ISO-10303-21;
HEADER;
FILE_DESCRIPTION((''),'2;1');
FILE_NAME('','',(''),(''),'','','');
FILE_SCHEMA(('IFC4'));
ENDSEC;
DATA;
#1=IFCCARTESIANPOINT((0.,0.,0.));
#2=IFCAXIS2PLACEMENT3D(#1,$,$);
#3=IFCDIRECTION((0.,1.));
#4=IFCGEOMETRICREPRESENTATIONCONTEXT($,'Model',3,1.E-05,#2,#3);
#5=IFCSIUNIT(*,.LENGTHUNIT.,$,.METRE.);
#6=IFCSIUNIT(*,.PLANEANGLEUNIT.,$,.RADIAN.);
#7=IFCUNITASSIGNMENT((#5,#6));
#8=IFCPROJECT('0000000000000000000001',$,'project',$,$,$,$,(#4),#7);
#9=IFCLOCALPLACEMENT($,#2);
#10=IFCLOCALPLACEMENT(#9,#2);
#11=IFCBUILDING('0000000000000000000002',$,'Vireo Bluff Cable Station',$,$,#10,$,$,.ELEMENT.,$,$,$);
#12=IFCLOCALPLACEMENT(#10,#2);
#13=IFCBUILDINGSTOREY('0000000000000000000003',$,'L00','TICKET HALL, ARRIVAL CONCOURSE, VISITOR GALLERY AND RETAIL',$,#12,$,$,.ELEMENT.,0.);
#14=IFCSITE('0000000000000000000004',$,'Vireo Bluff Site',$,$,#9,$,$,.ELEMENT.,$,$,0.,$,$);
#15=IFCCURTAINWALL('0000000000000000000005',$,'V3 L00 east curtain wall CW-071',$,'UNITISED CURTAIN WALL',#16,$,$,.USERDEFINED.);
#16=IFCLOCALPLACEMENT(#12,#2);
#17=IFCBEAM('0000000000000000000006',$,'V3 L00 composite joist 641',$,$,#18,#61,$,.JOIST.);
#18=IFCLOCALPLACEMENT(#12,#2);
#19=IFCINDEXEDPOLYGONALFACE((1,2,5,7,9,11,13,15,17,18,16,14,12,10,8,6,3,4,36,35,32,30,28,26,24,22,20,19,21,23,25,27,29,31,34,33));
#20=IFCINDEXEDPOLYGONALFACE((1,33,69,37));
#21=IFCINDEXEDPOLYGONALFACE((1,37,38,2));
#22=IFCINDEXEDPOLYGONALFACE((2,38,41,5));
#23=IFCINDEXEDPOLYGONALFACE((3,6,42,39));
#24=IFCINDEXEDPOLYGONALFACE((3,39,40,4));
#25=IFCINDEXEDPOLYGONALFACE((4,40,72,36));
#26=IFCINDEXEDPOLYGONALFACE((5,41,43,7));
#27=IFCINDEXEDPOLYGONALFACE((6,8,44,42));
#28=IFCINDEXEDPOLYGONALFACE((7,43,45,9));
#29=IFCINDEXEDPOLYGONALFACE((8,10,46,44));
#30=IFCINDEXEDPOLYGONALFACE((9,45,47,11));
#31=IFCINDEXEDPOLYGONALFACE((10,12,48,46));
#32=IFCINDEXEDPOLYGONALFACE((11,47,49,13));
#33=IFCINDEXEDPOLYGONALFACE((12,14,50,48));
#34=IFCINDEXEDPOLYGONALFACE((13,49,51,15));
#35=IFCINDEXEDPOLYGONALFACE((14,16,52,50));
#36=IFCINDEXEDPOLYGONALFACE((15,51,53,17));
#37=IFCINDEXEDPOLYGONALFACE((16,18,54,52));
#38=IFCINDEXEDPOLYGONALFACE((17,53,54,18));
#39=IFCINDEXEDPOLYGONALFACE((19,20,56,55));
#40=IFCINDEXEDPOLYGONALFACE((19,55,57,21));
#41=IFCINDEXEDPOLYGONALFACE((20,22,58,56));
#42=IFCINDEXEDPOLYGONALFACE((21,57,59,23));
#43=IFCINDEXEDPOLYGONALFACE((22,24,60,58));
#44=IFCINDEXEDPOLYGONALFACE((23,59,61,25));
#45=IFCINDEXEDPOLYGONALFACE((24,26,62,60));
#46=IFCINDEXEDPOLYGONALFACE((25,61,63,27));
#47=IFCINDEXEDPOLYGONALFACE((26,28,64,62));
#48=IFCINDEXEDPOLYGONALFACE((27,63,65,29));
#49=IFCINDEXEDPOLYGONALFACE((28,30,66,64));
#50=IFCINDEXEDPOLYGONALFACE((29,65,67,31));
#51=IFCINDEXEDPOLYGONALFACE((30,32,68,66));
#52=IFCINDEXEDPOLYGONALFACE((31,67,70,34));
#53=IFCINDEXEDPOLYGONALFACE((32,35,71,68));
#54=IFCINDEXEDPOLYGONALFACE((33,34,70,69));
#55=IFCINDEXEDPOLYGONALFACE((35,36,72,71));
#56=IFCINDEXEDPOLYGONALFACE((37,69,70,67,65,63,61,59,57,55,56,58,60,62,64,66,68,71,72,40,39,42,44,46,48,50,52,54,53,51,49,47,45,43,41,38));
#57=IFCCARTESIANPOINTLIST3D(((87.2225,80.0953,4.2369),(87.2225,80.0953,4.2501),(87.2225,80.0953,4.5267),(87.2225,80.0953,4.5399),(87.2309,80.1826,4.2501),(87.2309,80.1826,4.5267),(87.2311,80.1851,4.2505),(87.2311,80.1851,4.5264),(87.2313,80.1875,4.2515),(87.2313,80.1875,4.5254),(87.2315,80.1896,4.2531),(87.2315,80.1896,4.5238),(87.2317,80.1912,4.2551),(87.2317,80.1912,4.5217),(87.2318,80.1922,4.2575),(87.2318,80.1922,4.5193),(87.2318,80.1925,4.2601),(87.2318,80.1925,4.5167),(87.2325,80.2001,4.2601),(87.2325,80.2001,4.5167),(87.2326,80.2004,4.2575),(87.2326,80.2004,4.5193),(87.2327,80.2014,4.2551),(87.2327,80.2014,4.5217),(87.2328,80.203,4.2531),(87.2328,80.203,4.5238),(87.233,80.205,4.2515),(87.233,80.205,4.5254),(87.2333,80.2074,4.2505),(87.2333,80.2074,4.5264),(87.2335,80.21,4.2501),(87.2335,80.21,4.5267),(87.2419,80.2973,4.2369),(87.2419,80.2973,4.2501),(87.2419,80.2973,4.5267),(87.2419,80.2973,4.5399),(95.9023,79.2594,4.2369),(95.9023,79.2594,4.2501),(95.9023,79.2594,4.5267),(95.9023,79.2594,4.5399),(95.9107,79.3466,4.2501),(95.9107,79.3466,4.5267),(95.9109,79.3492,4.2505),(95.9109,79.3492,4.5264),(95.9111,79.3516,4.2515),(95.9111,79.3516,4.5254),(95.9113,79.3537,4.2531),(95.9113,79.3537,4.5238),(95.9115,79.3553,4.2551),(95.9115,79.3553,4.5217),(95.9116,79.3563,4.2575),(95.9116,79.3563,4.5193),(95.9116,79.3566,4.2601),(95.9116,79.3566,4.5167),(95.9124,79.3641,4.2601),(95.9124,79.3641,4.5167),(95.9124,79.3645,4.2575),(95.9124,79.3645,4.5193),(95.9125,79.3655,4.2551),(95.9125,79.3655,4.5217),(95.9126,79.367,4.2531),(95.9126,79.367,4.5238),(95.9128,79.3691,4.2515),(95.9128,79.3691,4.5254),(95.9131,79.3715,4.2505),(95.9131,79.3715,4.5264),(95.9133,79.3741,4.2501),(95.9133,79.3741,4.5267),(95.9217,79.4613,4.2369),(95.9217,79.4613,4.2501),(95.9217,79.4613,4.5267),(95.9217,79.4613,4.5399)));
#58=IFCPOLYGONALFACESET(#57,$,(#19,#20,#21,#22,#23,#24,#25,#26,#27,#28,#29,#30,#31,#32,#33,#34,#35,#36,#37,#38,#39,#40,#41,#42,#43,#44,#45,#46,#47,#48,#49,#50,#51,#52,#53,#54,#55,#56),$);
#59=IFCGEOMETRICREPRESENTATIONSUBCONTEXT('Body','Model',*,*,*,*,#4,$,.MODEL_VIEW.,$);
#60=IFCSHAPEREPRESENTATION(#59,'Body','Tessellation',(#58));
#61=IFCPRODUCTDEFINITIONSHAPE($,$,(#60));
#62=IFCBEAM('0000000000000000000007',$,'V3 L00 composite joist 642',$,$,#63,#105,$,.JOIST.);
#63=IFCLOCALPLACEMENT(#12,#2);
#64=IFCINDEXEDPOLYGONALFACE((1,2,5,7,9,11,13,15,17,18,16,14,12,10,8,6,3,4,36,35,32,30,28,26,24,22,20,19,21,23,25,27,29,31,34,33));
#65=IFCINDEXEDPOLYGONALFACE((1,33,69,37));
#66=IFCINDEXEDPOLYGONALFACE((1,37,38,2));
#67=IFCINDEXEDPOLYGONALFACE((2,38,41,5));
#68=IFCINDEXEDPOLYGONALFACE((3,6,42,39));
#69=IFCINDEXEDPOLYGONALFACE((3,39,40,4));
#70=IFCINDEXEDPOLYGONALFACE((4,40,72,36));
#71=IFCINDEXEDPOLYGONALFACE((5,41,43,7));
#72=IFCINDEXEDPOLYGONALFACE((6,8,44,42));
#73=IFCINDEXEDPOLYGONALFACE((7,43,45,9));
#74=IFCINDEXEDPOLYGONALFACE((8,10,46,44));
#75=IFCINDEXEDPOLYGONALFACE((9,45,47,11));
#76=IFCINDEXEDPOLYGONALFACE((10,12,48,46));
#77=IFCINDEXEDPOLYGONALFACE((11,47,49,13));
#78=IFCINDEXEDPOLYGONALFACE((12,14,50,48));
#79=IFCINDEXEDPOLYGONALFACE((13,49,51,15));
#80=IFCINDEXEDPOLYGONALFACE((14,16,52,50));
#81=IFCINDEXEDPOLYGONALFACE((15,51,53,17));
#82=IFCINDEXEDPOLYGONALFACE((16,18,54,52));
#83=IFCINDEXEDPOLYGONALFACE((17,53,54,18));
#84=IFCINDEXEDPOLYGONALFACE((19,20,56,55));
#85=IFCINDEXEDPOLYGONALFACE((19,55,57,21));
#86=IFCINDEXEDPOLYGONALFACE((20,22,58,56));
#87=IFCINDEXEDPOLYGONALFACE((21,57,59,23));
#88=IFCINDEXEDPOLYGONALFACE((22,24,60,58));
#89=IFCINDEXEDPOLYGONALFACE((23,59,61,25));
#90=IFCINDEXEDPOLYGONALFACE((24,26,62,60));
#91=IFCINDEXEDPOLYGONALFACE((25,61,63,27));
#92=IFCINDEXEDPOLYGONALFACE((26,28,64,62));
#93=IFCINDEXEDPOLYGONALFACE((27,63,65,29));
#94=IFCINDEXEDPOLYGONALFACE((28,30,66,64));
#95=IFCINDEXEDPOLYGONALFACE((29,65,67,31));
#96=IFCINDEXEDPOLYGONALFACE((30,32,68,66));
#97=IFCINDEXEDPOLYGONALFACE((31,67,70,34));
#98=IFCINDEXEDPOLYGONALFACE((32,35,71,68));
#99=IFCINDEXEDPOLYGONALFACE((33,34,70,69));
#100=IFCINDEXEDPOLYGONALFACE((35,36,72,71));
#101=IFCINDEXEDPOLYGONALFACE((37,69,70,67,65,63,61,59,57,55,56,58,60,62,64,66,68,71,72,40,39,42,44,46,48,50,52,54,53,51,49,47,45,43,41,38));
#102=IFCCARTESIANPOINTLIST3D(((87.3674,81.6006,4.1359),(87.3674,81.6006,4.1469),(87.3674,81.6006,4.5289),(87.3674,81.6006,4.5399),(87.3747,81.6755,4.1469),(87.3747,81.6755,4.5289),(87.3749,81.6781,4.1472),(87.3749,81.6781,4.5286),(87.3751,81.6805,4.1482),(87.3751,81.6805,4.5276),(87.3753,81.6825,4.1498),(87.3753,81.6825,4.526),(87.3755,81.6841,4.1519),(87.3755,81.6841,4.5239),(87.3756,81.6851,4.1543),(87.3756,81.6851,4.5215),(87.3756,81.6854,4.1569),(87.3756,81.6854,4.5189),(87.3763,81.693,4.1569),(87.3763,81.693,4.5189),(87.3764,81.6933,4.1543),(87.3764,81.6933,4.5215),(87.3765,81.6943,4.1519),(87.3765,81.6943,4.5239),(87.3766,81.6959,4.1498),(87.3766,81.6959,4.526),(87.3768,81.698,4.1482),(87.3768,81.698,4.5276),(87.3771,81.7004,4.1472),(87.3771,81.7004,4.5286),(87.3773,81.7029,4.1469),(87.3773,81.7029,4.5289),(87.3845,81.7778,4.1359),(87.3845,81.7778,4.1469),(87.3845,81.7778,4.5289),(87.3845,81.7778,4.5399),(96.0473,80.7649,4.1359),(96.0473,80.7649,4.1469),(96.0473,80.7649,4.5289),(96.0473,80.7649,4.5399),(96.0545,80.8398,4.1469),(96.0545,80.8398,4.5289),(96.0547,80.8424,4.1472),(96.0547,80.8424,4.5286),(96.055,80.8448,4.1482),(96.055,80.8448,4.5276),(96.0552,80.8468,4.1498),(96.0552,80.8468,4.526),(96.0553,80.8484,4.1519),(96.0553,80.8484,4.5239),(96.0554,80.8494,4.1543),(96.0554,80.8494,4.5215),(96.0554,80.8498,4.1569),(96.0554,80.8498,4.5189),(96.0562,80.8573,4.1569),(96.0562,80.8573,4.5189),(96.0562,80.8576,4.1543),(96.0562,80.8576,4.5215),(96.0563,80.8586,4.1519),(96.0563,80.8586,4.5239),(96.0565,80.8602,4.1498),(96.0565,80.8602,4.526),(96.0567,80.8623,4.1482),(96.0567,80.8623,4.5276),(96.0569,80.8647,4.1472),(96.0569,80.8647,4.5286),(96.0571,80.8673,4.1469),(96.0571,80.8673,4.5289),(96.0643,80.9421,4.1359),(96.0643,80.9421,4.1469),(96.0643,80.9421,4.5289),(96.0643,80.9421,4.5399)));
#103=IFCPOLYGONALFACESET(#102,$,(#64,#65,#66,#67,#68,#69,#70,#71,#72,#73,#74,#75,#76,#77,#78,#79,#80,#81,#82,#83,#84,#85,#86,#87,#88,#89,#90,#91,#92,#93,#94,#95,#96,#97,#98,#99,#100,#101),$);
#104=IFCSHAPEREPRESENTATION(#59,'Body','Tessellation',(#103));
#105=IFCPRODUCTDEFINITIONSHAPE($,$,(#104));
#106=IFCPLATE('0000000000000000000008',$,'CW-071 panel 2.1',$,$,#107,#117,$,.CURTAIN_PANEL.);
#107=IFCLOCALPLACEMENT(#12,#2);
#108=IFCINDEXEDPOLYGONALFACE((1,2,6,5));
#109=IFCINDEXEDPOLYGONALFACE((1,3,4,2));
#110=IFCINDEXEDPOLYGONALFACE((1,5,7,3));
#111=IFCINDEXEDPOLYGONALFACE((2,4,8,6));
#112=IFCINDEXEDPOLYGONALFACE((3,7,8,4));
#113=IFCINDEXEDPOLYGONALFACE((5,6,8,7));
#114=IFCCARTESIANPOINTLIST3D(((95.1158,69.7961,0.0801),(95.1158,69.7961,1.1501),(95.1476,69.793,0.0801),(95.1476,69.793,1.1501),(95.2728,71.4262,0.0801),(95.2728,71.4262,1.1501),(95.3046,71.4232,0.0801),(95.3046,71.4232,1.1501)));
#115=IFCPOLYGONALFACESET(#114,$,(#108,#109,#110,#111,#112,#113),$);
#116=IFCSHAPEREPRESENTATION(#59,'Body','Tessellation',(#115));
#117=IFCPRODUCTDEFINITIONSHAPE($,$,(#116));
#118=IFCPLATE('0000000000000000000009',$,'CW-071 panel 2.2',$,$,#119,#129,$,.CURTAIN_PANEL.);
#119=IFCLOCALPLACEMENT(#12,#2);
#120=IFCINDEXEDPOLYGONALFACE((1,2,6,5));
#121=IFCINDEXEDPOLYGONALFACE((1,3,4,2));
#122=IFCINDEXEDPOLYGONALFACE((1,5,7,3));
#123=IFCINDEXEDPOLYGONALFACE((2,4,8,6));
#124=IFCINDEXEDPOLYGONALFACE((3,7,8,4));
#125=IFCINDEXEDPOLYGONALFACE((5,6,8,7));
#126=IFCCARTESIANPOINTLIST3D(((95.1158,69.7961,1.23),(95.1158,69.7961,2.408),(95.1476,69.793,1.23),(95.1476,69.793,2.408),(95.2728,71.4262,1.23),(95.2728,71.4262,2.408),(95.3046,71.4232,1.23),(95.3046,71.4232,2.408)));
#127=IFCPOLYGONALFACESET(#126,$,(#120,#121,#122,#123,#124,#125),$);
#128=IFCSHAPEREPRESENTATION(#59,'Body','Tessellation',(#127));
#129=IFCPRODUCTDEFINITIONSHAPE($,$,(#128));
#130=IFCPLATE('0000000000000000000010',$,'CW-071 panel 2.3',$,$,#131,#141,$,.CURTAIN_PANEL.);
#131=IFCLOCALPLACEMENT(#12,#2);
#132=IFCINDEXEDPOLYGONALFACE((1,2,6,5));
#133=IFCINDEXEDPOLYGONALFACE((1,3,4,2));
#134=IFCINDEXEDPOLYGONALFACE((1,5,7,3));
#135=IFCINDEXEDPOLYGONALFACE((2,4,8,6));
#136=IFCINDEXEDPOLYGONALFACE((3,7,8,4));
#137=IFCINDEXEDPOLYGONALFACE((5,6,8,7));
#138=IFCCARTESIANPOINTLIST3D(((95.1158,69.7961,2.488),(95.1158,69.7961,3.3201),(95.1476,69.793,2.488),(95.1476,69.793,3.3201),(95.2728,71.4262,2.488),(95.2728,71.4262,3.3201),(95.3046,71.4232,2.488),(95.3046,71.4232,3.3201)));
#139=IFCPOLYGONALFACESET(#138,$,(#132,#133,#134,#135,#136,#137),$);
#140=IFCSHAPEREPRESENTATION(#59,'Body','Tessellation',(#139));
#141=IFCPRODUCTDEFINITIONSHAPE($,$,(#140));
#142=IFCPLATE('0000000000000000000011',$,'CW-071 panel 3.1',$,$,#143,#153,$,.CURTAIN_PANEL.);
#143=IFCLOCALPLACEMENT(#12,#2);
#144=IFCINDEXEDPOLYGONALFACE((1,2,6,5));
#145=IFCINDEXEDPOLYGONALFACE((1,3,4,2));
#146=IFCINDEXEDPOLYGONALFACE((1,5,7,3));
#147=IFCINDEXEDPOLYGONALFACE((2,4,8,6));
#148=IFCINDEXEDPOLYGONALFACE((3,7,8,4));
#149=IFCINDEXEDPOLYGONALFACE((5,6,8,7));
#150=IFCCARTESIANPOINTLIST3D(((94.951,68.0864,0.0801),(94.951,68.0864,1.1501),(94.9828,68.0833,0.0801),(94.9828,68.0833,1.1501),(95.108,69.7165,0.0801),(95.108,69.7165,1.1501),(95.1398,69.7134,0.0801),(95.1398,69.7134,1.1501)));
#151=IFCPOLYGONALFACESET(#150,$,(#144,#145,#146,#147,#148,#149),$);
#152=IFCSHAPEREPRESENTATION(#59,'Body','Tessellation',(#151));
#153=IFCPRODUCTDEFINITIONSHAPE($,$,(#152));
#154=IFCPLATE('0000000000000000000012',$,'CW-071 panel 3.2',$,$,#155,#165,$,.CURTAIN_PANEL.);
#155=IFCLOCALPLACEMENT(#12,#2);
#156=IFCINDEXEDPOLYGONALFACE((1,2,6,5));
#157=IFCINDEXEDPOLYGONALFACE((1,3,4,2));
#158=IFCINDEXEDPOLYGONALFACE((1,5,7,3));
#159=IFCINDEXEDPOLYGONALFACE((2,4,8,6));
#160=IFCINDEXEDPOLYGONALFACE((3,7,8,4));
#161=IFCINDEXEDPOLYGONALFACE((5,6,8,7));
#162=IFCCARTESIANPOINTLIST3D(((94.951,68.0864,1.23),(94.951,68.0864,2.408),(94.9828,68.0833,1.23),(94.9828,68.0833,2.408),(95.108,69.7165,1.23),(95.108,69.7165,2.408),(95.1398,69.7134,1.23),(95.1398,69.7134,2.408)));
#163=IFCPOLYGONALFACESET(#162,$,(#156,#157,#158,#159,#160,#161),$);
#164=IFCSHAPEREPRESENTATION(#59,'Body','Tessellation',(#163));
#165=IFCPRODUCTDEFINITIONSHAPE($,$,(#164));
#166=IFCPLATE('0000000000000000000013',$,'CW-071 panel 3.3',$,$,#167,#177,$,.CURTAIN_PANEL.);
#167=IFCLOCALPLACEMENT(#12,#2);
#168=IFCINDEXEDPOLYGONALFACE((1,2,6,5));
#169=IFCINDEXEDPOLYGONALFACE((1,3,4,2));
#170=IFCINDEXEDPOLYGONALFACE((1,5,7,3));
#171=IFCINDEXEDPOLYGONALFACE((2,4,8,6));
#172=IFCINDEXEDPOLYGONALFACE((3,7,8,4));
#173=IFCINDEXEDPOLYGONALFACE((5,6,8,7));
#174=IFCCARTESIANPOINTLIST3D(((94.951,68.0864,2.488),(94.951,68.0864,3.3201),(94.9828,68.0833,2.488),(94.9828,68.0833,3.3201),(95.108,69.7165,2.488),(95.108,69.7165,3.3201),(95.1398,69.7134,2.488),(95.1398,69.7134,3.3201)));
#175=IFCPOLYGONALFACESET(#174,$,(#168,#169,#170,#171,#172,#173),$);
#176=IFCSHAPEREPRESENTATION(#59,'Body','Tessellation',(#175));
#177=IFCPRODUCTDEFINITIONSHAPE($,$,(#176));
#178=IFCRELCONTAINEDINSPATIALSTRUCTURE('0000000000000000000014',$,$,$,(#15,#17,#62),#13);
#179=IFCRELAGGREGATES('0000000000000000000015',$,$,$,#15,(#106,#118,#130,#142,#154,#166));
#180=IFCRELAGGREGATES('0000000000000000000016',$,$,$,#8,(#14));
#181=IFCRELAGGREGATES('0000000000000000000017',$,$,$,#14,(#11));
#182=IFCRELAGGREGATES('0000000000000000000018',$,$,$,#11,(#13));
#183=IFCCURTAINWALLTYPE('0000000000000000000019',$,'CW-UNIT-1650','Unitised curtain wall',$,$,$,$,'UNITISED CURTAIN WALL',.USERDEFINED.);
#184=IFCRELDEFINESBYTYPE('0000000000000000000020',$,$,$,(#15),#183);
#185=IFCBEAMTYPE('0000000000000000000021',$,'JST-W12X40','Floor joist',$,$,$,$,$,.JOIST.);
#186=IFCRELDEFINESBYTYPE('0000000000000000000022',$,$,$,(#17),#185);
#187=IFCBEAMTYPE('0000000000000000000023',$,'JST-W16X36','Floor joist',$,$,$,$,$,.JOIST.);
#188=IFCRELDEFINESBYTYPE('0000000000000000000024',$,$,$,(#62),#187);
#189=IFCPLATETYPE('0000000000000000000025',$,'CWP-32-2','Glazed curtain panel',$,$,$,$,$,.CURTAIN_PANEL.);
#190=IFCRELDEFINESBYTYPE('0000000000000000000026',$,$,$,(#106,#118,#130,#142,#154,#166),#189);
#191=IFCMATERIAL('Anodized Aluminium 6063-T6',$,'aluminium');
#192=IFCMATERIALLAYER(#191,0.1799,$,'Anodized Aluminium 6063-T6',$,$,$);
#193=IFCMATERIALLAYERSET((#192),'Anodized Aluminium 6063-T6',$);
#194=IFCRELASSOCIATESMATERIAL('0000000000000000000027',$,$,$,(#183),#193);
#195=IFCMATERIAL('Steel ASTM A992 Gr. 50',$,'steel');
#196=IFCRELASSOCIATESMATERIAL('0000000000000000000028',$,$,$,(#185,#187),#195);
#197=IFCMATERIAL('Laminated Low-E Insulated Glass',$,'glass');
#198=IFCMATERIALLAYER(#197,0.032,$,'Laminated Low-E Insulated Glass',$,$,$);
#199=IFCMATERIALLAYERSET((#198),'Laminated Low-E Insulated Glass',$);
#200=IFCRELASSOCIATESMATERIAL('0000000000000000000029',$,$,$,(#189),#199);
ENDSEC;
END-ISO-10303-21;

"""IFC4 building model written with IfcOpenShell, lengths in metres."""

from ifc_helpers import new_model, si_unit, direction, frame, origin, origin_2d, place, context, subcontext, project, spatial, rectangle, i_section, extrude, material, layer, layer_set, material_profile, profile_set, type_object, element, aggregate, save


model = new_model("IFC4")

# Units and contexts
model_context = context("Model", 3, precision=1e-05, world=origin(), true_north=direction((0.0, 1.0)))
body_context = subcontext(model_context, "Body", "Model", "MODEL_VIEW")
ifc_project = project(units=[si_unit("LENGTHUNIT", "METRE"), si_unit("PLANEANGLEUNIT", "RADIAN")], contexts=[model_context])

# Site, building, storey
site_placement = place(None, origin())
site = spatial("IfcSite", under=ifc_project, at=site_placement, Name="Vireo Bluff Site", CompositionType="ELEMENT", RefElevation=0.0)
building_placement = place(site_placement, origin())
building = spatial("IfcBuilding", under=site, at=building_placement, Name="Vireo Bluff Cable Station", CompositionType="ELEMENT")
storey_placement = place(building_placement, origin())
storey = spatial("IfcBuildingStorey", under=building, at=storey_placement, Name="L00", Description="TICKET HALL, ARRIVAL CONCOURSE, VISITOR GALLERY AND RETAIL", CompositionType="ELEMENT", Elevation=0.0)

# Shared definitions
ifc_material_1 = material(Name="Steel ASTM A992 Gr. 50", Category="steel")

# Curtain wall
ifc_material_2 = material(Name="Anodized Aluminium 6063-T6", Category="aluminium")
ifc_layer_1 = layer(ifc_material_2, 0.1799, Name="Anodized Aluminium 6063-T6")
ifc_layer_set_1 = layer_set([ifc_layer_1], Name="Anodized Aluminium 6063-T6")
curtain_wall_type = type_object("IfcCurtainWallType", Name="CW-UNIT-1650", Description="Unitised curtain wall", ElementType="UNITISED CURTAIN WALL", PredefinedType="USERDEFINED", material=ifc_layer_set_1)
curtain_wall_placement = place(storey_placement, origin())
curtain_wall = element("IfcCurtainWall", 1, at=curtain_wall_placement, inside=storey, type_object=curtain_wall_type, Name="V3 L00 east curtain wall CW-071", ObjectType="UNITISED CURTAIN WALL", PredefinedType="USERDEFINED")

# Beams
ifc_material_profile_1 = material_profile(ifc_material_1, i_section(OverallWidth=0.2029, OverallDepth=0.303, WebThickness=0.0076, FlangeThickness=0.0132, FilletRadius=0.01, at=origin_2d()), Name="W12X40")
ifc_profile_set_1 = profile_set([ifc_material_profile_1], Name="Steel ASTM A992 Gr. 50")
beam_type_1 = type_object("IfcBeamType", Name="JST-W12X40", Description="Floor joist", PredefinedType="JOIST", material=ifc_profile_set_1)
beam_1_placement = place(storey_placement, frame((87.2322, 80.1963, 4.3884), z_axis=(0.995395, -0.095863, 0.0), x_axis=(0.095863, 0.995395, 0.0)))
element("IfcBeam", 2, at=beam_1_placement, inside=storey, type_object=beam_type_1, Name="V3 L00 composite joist 641", PredefinedType="JOIST", context=body_context, shape_type="SweptSolid", body=[
    extrude(i_section(OverallWidth=0.2029, OverallDepth=0.303, WebThickness=0.0076, FlangeThickness=0.0132, FilletRadius=0.01, at=origin_2d()), origin(), (0.0, 0.0, 1.0), 8.72),
])
ifc_material_profile_2 = material_profile(ifc_material_1, i_section(OverallWidth=0.178, OverallDepth=0.4041, WebThickness=0.0076, FlangeThickness=0.011, FilletRadius=0.01, at=origin_2d()), Name="W16X36")
ifc_profile_set_2 = profile_set([ifc_material_profile_2], Name="Steel ASTM A992 Gr. 50")
beam_type_2 = type_object("IfcBeamType", Name="JST-W16X36", Description="Floor joist", PredefinedType="JOIST", material=ifc_profile_set_2)
beam_2_placement = place(storey_placement, frame((87.376, 81.6892, 4.3379), z_axis=(0.995397, -0.095836, 0.0), x_axis=(0.095836, 0.995397, 0.0)))
element("IfcBeam", 3, at=beam_2_placement, inside=storey, type_object=beam_type_2, Name="V3 L00 composite joist 642", PredefinedType="JOIST", context=body_context, shape_type="SweptSolid", body=[
    extrude(i_section(OverallWidth=0.178, OverallDepth=0.4041, WebThickness=0.0076, FlangeThickness=0.011, FilletRadius=0.01, at=origin_2d()), origin(), (0.0, 0.0, 1.0), 8.72),
])

# Plates
ifc_material_3 = material(Name="Laminated Low-E Insulated Glass", Category="glass")
ifc_layer_2 = layer(ifc_material_3, 0.032, Name="Laminated Low-E Insulated Glass")
ifc_layer_set_2 = layer_set([ifc_layer_2], Name="Laminated Low-E Insulated Glass")
plate_type = type_object("IfcPlateType", Name="CWP-32-2", Description="Glazed curtain panel", PredefinedType="CURTAIN_PANEL", material=ifc_layer_set_2)
plate_1_placement = place(storey_placement, frame((95.2102, 70.6096, 0.0801), z_axis=(0.0, 0.0, 1.0), x_axis=(-0.095846, -0.995396, 0.0)))
plate_1 = element("IfcPlate", 4, at=plate_1_placement, type_object=plate_type, Name="CW-071 panel 2.1", PredefinedType="CURTAIN_PANEL", context=body_context, shape_type="SweptSolid", body=[
    extrude(rectangle(XDim=1.6377, YDim=0.032, at=origin_2d()), origin(), (0.0, 0.0, 1.0), 1.0701),
])
plate_2_placement = place(storey_placement, frame((95.2102, 70.6096, 1.23), z_axis=(0.0, 0.0, 1.0), x_axis=(-0.095846, -0.995396, 0.0)))
plate_2 = element("IfcPlate", 5, at=plate_2_placement, type_object=plate_type, Name="CW-071 panel 2.2", PredefinedType="CURTAIN_PANEL", context=body_context, shape_type="SweptSolid", body=[
    extrude(rectangle(XDim=1.6377, YDim=0.032, at=origin_2d()), origin(), (0.0, 0.0, 1.0), 1.178),
])
plate_3_placement = place(storey_placement, frame((95.2102, 70.6096, 2.488), z_axis=(0.0, 0.0, 1.0), x_axis=(-0.095846, -0.995396, 0.0)))
plate_3 = element("IfcPlate", 6, at=plate_3_placement, type_object=plate_type, Name="CW-071 panel 2.3", PredefinedType="CURTAIN_PANEL", context=body_context, shape_type="SweptSolid", body=[
    extrude(rectangle(XDim=1.6377, YDim=0.032, at=origin_2d()), origin(), (0.0, 0.0, 1.0), 0.832),
])
plate_4_placement = place(storey_placement, frame((95.0454, 68.8999, 0.0801), z_axis=(0.0, 0.0, 1.0), x_axis=(-0.095846, -0.995396, 0.0)))
plate_4 = element("IfcPlate", 7, at=plate_4_placement, type_object=plate_type, Name="CW-071 panel 3.1", PredefinedType="CURTAIN_PANEL", context=body_context, shape_type="SweptSolid", body=[
    extrude(rectangle(XDim=1.6377, YDim=0.032, at=origin_2d()), origin(), (0.0, 0.0, 1.0), 1.0701),
])
plate_5_placement = place(storey_placement, frame((95.0454, 68.8999, 1.23), z_axis=(0.0, 0.0, 1.0), x_axis=(-0.095846, -0.995396, 0.0)))
plate_5 = element("IfcPlate", 8, at=plate_5_placement, type_object=plate_type, Name="CW-071 panel 3.2", PredefinedType="CURTAIN_PANEL", context=body_context, shape_type="SweptSolid", body=[
    extrude(rectangle(XDim=1.6377, YDim=0.032, at=origin_2d()), origin(), (0.0, 0.0, 1.0), 1.178),
])
plate_6_placement = place(storey_placement, frame((95.0454, 68.8999, 2.488), z_axis=(0.0, 0.0, 1.0), x_axis=(-0.095846, -0.995396, 0.0)))
plate_6 = element("IfcPlate", 9, at=plate_6_placement, type_object=plate_type, Name="CW-071 panel 3.3", PredefinedType="CURTAIN_PANEL", context=body_context, shape_type="SweptSolid", body=[
    extrude(rectangle(XDim=1.6377, YDim=0.032, at=origin_2d()), origin(), (0.0, 0.0, 1.0), 0.832),
])
aggregate(curtain_wall, [plate_1, plate_2, plate_3, plate_4, plate_5, plate_6])

save(model, "model.ifc")
